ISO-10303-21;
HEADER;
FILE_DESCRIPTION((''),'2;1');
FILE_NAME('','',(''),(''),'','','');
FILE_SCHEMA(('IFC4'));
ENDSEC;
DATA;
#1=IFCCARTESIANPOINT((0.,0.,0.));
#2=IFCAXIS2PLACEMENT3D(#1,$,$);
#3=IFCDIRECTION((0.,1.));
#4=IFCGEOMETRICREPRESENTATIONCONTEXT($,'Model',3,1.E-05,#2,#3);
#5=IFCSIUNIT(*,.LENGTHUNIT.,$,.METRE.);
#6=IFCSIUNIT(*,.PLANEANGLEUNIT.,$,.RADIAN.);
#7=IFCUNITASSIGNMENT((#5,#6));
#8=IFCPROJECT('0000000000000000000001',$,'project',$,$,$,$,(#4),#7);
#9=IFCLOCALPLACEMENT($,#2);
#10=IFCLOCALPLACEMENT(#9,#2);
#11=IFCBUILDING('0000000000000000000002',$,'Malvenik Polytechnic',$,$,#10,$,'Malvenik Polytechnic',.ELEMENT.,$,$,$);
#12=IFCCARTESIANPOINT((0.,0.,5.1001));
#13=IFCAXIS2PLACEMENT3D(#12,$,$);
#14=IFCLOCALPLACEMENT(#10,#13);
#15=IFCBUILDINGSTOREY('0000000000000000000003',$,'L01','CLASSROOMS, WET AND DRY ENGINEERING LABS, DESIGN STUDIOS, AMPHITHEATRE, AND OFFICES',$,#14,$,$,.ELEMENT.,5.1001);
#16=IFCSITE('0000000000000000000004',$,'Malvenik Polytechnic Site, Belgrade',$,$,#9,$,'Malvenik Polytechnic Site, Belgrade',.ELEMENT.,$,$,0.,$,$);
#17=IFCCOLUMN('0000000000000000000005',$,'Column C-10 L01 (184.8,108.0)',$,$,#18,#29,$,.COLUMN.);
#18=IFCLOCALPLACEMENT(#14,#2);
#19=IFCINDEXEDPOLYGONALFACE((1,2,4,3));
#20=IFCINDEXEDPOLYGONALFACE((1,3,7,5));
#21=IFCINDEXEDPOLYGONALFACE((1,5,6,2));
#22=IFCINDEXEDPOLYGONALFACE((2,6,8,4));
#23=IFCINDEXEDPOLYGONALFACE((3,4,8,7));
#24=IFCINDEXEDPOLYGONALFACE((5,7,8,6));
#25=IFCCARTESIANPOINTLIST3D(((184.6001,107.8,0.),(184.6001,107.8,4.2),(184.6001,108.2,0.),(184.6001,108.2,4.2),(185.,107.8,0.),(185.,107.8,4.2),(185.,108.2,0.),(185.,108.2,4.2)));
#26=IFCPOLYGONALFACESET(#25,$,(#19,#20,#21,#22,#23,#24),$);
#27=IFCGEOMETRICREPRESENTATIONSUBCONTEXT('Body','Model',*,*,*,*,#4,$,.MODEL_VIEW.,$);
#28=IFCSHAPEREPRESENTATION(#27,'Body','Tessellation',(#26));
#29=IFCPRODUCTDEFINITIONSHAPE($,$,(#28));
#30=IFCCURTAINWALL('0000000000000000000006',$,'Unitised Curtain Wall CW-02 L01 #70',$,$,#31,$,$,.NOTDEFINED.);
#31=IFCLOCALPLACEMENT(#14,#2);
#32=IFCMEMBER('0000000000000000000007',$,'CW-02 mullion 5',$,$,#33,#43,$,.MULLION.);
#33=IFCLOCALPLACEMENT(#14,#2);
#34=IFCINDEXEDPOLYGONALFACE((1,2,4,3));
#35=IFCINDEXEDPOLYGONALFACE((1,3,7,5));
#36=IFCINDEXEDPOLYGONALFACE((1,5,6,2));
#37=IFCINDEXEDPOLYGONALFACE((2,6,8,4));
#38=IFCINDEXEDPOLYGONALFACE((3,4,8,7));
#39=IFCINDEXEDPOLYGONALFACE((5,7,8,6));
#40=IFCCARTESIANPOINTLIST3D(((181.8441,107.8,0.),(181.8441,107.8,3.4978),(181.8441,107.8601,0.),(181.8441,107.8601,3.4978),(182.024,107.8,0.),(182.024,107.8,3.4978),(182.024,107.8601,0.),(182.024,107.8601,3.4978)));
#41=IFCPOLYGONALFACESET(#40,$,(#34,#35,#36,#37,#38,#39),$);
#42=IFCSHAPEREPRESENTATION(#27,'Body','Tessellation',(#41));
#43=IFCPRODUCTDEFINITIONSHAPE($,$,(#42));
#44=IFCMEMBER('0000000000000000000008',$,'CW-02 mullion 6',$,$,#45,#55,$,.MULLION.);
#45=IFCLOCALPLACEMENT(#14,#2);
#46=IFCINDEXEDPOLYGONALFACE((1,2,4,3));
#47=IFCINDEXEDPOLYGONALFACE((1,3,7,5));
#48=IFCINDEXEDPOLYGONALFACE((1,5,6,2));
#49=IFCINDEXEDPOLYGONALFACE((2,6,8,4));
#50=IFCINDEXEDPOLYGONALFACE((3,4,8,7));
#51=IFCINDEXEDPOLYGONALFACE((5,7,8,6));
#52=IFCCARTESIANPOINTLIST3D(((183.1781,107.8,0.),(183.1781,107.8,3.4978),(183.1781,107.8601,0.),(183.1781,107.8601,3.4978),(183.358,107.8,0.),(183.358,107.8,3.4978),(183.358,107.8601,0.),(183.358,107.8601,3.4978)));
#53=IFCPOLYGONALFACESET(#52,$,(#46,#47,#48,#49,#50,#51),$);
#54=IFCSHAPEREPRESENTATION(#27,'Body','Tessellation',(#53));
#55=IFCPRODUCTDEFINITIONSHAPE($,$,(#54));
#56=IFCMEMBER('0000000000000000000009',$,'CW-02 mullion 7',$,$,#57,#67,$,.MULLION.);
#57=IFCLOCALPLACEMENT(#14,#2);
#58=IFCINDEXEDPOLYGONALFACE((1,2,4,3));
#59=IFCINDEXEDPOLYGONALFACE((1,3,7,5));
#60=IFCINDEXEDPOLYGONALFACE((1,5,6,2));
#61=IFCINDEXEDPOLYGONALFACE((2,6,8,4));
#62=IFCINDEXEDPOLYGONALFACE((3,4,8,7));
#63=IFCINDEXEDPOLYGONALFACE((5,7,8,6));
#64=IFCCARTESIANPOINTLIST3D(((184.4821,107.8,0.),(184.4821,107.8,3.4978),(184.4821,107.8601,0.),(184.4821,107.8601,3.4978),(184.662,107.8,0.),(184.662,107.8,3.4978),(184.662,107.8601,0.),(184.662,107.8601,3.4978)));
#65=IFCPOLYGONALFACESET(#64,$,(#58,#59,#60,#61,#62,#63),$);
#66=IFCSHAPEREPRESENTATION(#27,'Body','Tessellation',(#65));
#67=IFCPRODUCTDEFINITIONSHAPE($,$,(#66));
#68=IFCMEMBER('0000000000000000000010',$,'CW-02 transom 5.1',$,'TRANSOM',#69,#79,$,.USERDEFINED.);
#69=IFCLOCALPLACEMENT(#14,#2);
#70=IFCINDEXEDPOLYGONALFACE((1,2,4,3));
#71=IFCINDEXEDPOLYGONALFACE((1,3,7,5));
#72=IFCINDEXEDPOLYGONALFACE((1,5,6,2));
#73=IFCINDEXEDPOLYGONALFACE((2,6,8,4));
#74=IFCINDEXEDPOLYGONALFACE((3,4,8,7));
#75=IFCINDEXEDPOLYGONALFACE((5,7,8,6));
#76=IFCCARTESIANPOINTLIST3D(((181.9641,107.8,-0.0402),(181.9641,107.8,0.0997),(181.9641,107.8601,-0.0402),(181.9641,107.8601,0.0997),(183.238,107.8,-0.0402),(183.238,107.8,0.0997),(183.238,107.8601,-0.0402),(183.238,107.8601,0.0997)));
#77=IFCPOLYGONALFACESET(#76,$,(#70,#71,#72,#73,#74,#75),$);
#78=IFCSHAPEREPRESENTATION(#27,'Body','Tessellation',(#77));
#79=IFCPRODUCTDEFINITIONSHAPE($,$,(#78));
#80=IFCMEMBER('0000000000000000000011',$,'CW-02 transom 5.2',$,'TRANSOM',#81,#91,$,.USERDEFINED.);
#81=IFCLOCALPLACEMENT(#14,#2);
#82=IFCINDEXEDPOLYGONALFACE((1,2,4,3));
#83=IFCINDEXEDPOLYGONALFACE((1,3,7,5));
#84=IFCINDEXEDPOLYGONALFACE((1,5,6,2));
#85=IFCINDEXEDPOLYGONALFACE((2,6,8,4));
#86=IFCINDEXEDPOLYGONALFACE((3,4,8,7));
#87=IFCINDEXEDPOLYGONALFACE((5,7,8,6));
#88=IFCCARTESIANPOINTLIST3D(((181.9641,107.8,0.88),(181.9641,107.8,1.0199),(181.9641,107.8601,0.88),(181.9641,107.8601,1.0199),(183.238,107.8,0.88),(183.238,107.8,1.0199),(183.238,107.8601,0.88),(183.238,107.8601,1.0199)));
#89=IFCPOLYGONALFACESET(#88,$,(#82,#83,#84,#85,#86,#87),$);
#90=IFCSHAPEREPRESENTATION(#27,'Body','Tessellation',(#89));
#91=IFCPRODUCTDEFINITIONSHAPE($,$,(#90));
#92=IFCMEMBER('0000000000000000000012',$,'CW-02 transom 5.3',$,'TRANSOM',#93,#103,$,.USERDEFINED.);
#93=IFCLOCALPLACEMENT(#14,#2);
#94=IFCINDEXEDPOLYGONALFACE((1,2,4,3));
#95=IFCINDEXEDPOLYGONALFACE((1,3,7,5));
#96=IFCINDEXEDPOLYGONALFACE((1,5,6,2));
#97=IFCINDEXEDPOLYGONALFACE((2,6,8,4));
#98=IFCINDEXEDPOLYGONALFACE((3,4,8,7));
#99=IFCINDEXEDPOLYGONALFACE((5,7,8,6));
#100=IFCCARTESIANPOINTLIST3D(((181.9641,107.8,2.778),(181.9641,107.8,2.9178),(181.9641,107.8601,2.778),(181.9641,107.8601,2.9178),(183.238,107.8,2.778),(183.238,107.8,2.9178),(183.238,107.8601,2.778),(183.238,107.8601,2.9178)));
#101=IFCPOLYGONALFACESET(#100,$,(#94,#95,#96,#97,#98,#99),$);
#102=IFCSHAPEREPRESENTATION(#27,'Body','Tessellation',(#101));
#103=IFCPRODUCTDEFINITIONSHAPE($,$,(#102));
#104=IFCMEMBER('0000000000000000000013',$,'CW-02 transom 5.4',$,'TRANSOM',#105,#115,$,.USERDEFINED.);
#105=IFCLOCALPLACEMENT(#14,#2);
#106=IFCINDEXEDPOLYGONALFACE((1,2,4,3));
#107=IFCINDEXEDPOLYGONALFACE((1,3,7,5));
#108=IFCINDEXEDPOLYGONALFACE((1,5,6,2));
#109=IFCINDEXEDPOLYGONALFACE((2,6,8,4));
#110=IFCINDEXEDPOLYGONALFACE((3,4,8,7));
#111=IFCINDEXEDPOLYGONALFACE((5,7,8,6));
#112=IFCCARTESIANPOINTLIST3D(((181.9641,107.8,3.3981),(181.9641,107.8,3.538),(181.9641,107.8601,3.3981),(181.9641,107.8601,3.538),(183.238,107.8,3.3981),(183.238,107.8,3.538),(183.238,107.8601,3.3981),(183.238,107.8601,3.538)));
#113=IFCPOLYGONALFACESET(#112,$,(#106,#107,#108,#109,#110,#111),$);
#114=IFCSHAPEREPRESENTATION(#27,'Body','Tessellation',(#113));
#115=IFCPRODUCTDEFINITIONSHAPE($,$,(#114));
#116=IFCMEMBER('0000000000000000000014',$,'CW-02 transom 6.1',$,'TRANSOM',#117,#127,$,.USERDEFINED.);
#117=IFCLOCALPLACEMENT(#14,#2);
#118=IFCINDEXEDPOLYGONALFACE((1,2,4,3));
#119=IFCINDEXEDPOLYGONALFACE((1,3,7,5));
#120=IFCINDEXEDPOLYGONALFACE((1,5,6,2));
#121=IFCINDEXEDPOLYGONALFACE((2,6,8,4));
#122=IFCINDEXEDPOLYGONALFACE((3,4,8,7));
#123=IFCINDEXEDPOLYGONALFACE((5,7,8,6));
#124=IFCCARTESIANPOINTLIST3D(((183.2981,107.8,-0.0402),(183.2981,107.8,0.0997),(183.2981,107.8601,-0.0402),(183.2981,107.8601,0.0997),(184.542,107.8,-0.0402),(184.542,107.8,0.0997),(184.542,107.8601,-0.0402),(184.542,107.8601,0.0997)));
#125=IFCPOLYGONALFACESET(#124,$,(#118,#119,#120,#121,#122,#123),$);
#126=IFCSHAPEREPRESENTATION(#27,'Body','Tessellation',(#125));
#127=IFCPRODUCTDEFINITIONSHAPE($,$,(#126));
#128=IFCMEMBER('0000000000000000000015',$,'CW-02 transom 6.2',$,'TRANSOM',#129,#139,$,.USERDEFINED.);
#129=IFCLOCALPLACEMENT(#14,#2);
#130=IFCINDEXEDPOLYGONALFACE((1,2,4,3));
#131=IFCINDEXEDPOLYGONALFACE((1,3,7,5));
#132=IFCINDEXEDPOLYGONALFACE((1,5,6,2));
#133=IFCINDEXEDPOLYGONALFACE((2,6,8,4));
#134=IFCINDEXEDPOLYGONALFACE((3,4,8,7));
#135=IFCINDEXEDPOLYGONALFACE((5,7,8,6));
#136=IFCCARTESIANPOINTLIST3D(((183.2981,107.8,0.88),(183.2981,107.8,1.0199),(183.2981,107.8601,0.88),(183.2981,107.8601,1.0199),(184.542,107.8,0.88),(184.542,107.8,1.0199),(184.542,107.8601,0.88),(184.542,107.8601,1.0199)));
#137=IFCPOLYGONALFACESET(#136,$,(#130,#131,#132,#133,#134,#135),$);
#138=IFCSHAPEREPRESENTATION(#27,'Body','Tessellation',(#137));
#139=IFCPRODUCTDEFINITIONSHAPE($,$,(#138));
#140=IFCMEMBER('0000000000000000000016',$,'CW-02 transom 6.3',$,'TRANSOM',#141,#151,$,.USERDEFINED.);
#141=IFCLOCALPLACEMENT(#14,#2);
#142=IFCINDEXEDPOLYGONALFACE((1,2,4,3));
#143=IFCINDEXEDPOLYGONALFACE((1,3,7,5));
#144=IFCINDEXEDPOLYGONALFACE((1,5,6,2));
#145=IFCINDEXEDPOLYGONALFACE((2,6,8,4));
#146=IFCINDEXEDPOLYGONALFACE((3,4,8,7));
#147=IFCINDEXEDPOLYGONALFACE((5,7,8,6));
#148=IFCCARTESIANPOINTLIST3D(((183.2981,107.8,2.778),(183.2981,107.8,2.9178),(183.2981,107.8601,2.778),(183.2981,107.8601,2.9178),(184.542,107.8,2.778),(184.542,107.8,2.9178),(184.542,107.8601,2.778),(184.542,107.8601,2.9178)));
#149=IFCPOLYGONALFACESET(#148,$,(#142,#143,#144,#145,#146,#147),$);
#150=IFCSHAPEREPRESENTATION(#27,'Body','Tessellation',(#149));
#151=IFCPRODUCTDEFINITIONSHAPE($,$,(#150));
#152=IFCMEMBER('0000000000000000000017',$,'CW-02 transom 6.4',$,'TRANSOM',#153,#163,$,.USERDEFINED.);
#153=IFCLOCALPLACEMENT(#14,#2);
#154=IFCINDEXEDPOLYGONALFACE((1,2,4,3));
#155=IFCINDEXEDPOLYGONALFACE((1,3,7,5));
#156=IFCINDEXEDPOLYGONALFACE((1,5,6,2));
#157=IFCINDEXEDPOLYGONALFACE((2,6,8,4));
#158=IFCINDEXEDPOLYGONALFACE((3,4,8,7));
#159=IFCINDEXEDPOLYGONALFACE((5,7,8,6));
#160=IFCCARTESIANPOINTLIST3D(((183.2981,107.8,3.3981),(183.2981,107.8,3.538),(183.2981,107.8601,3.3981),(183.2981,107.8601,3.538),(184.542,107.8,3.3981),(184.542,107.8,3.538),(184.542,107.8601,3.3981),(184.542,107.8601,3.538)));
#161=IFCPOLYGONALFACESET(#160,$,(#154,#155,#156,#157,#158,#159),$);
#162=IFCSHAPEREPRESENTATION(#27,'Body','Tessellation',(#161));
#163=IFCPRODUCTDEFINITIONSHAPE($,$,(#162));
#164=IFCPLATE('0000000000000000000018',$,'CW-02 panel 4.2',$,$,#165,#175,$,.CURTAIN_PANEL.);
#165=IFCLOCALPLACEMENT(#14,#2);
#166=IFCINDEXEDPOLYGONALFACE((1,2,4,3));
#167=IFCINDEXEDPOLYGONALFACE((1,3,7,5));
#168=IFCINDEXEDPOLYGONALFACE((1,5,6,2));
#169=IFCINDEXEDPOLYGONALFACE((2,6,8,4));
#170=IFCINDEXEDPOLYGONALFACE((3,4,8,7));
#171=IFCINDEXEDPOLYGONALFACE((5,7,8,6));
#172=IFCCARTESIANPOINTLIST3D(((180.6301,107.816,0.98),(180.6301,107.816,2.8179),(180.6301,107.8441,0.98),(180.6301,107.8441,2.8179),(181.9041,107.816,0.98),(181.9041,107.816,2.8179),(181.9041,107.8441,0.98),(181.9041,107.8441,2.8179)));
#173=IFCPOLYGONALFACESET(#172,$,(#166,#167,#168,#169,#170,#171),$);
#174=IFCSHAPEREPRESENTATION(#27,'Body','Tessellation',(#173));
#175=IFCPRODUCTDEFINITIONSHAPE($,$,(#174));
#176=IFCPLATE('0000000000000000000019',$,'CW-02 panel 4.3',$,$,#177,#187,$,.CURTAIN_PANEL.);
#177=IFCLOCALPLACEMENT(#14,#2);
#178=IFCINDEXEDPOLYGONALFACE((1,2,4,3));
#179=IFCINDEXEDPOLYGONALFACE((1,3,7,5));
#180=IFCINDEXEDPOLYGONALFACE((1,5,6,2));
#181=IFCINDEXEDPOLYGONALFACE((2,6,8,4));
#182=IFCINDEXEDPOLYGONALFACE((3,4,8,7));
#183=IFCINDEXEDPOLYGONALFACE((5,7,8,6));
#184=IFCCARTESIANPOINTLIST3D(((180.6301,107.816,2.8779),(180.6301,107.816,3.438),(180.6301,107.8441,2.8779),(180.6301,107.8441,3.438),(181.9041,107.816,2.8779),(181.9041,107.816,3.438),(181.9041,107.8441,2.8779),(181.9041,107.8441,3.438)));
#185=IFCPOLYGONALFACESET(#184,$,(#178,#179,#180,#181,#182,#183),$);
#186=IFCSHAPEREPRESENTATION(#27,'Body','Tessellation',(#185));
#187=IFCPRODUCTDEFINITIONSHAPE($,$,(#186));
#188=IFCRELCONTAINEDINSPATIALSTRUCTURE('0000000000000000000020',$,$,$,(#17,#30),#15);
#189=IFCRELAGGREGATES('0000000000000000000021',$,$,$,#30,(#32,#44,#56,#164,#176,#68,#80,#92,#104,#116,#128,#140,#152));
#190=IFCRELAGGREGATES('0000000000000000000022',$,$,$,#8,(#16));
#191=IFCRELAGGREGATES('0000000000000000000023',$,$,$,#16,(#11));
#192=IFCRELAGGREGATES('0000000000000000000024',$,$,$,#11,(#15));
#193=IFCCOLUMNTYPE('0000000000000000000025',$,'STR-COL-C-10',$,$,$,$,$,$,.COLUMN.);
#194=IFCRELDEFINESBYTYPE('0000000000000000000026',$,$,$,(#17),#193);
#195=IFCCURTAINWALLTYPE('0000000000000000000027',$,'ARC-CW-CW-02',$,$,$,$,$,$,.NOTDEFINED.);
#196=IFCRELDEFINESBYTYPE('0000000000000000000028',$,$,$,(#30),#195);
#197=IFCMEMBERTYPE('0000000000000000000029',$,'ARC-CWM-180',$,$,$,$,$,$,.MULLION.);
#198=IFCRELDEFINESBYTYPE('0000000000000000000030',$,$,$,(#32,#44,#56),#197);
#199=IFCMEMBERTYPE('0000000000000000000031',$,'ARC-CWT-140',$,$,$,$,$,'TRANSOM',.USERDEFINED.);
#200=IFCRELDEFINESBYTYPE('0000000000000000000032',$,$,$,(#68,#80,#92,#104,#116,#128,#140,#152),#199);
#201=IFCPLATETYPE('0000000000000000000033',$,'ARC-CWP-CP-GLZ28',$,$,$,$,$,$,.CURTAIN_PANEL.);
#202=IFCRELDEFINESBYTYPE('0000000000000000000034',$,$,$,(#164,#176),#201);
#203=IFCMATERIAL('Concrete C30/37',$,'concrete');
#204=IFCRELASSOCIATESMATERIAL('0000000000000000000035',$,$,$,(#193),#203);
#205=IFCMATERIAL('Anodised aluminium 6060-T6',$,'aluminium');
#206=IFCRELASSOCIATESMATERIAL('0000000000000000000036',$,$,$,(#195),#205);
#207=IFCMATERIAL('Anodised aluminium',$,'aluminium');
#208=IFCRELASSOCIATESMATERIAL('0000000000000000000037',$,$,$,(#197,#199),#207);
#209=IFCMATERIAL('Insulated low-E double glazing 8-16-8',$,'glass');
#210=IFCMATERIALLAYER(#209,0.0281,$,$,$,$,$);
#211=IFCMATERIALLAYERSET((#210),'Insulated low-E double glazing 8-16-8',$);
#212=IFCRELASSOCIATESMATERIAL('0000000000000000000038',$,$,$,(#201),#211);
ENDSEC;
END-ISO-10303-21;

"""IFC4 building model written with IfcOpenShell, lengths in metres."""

from ifc_helpers import new_model, si_unit, direction, frame, origin, origin_2d, place, context, subcontext, project, spatial, rectangle, extrude, material, layer, layer_set, material_profile, profile_set, type_object, element, aggregate, save


model = new_model("IFC4")

# Units and contexts
model_context = context("Model", 3, precision=1e-05, world=origin(), true_north=direction((0.0, 1.0)))
body_context = subcontext(model_context, "Body", "Model", "MODEL_VIEW")
ifc_project = project(units=[si_unit("LENGTHUNIT", "METRE"), si_unit("PLANEANGLEUNIT", "RADIAN")], contexts=[model_context])

# Site, building, storey
site_placement = place(None, origin())
site = spatial("IfcSite", under=ifc_project, at=site_placement, Name="Malvenik Polytechnic Site, Belgrade", LongName="Malvenik Polytechnic Site, Belgrade", CompositionType="ELEMENT", RefElevation=0.0)
building_placement = place(site_placement, origin())
building = spatial("IfcBuilding", under=site, at=building_placement, Name="Malvenik Polytechnic", LongName="Malvenik Polytechnic", CompositionType="ELEMENT")
storey_placement = place(building_placement, frame((0.0, 0.0, 5.1001)))
storey = spatial("IfcBuildingStorey", under=building, at=storey_placement, Name="L01", Description="CLASSROOMS, WET AND DRY ENGINEERING LABS, DESIGN STUDIOS, AMPHITHEATRE, AND OFFICES", CompositionType="ELEMENT", Elevation=5.1001)

# Column
ifc_material_1 = material(Name="Concrete C30/37", Category="concrete")
ifc_material_profile_1 = material_profile(ifc_material_1, rectangle(XDim=0.3999, YDim=0.3999, at=origin_2d()), Name="RC COL 400x400")
ifc_profile_set_1 = profile_set([ifc_material_profile_1], Name="Concrete C30/37")
column_type = type_object("IfcColumnType", Name="STR-COL-C-10", PredefinedType="COLUMN", material=ifc_profile_set_1)
column_placement = place(storey_placement, frame((184.8, 108.0, 0.0), z_axis=(0.0, 0.0, 1.0), x_axis=(1.0, 0.0, 0.0)))
element("IfcColumn", 1, at=column_placement, inside=storey, type_object=column_type, Name="Column C-10 L01 (184.8,108.0)", PredefinedType="COLUMN", context=body_context, shape_type="SweptSolid", body=[
    extrude(rectangle(XDim=0.3999, YDim=0.3999, at=origin_2d()), origin(), (0.0, 0.0, 1.0), 4.2),
])

# Curtain wall, members, plates
ifc_material_2 = material(Name="Anodised aluminium 6060-T6", Category="aluminium")
curtain_wall_type = type_object("IfcCurtainWallType", Name="ARC-CW-CW-02", PredefinedType="NOTDEFINED", material=ifc_material_2)
curtain_wall_placement = place(storey_placement, origin())
curtain_wall = element("IfcCurtainWall", 2, at=curtain_wall_placement, inside=storey, type_object=curtain_wall_type, Name="Unitised Curtain Wall CW-02 L01 #70", PredefinedType="NOTDEFINED")
ifc_material_3 = material(Name="Anodised aluminium", Category="aluminium")
ifc_material_profile_2 = material_profile(ifc_material_3, rectangle(XDim=0.0601, YDim=0.1799, at=origin_2d()), Name="ALU MULLION 60x180")
ifc_profile_set_2 = profile_set([ifc_material_profile_2], Name="Anodised aluminium")
member_type_1 = type_object("IfcMemberType", Name="ARC-CWM-180", PredefinedType="MULLION", material=ifc_profile_set_2)
member_1_placement = place(storey_placement, frame((181.9341, 107.8301, 0.0), z_axis=(0.0, 0.0, 1.0), x_axis=(0.0, 1.0, 0.0)))
member_1 = element("IfcMember", 3, at=member_1_placement, type_object=member_type_1, Name="CW-02 mullion 5", PredefinedType="MULLION", context=body_context, shape_type="SweptSolid", body=[
    extrude(rectangle(XDim=0.0601, YDim=0.1799, at=origin_2d()), origin(), (0.0, 0.0, 1.0), 3.4978),
])
member_2_placement = place(storey_placement, frame((183.2681, 107.8301, 0.0), z_axis=(0.0, 0.0, 1.0), x_axis=(0.0, 1.0, 0.0)))
member_2 = element("IfcMember", 4, at=member_2_placement, type_object=member_type_1, Name="CW-02 mullion 6", PredefinedType="MULLION", context=body_context, shape_type="SweptSolid", body=[
    extrude(rectangle(XDim=0.0601, YDim=0.1799, at=origin_2d()), origin(), (0.0, 0.0, 1.0), 3.4978),
])
member_3_placement = place(storey_placement, frame((184.572, 107.8301, 0.0), z_axis=(0.0, 0.0, 1.0), x_axis=(0.0, 1.0, 0.0)))
member_3 = element("IfcMember", 5, at=member_3_placement, type_object=member_type_1, Name="CW-02 mullion 7", PredefinedType="MULLION", context=body_context, shape_type="SweptSolid", body=[
    extrude(rectangle(XDim=0.0601, YDim=0.1799, at=origin_2d()), origin(), (0.0, 0.0, 1.0), 3.4978),
])
ifc_material_profile_3 = material_profile(ifc_material_3, rectangle(XDim=0.0601, YDim=0.1399, at=origin_2d()), Name="ALU TRANSOM 60x140")
ifc_profile_set_3 = profile_set([ifc_material_profile_3], Name="Anodised aluminium")
member_type_2 = type_object("IfcMemberType", Name="ARC-CWT-140", ElementType="TRANSOM", PredefinedType="USERDEFINED", material=ifc_profile_set_3)
member_4_placement = place(storey_placement, frame((181.9641, 107.8301, 0.0298), z_axis=(1.0, 0.0, 0.0), x_axis=(0.0, 1.0, 0.0)))
member_4 = element("IfcMember", 6, at=member_4_placement, type_object=member_type_2, Name="CW-02 transom 5.1", ObjectType="TRANSOM", PredefinedType="USERDEFINED", context=body_context, shape_type="SweptSolid", body=[
    extrude(rectangle(XDim=0.0601, YDim=0.1399, at=origin_2d()), origin(), (0.0, 0.0, 1.0), 1.2739),
])
member_5_placement = place(storey_placement, frame((181.9641, 107.8301, 0.95), z_axis=(1.0, 0.0, 0.0), x_axis=(0.0, 1.0, 0.0)))
member_5 = element("IfcMember", 7, at=member_5_placement, type_object=member_type_2, Name="CW-02 transom 5.2", ObjectType="TRANSOM", PredefinedType="USERDEFINED", context=body_context, shape_type="SweptSolid", body=[
    extrude(rectangle(XDim=0.0601, YDim=0.1399, at=origin_2d()), origin(), (0.0, 0.0, 1.0), 1.2739),
])
member_6_placement = place(storey_placement, frame((181.9641, 107.8301, 2.8479), z_axis=(1.0, 0.0, 0.0), x_axis=(0.0, 1.0, 0.0)))
member_6 = element("IfcMember", 8, at=member_6_placement, type_object=member_type_2, Name="CW-02 transom 5.3", ObjectType="TRANSOM", PredefinedType="USERDEFINED", context=body_context, shape_type="SweptSolid", body=[
    extrude(rectangle(XDim=0.0601, YDim=0.1399, at=origin_2d()), origin(), (0.0, 0.0, 1.0), 1.2739),
])
member_7_placement = place(storey_placement, frame((181.9641, 107.8301, 3.468), z_axis=(1.0, 0.0, 0.0), x_axis=(0.0, 1.0, 0.0)))
member_7 = element("IfcMember", 9, at=member_7_placement, type_object=member_type_2, Name="CW-02 transom 5.4", ObjectType="TRANSOM", PredefinedType="USERDEFINED", context=body_context, shape_type="SweptSolid", body=[
    extrude(rectangle(XDim=0.0601, YDim=0.1399, at=origin_2d()), origin(), (0.0, 0.0, 1.0), 1.2739),
])
member_8_placement = place(storey_placement, frame((183.2981, 107.8301, 0.0298), z_axis=(1.0, 0.0, 0.0), x_axis=(0.0, 1.0, 0.0)))
member_8 = element("IfcMember", 10, at=member_8_placement, type_object=member_type_2, Name="CW-02 transom 6.1", ObjectType="TRANSOM", PredefinedType="USERDEFINED", context=body_context, shape_type="SweptSolid", body=[
    extrude(rectangle(XDim=0.0601, YDim=0.1399, at=origin_2d()), origin(), (0.0, 0.0, 1.0), 1.2439),
])
member_9_placement = place(storey_placement, frame((183.2981, 107.8301, 0.95), z_axis=(1.0, 0.0, 0.0), x_axis=(0.0, 1.0, 0.0)))
member_9 = element("IfcMember", 11, at=member_9_placement, type_object=member_type_2, Name="CW-02 transom 6.2", ObjectType="TRANSOM", PredefinedType="USERDEFINED", context=body_context, shape_type="SweptSolid", body=[
    extrude(rectangle(XDim=0.0601, YDim=0.1399, at=origin_2d()), origin(), (0.0, 0.0, 1.0), 1.2439),
])
member_10_placement = place(storey_placement, frame((183.2981, 107.8301, 2.8479), z_axis=(1.0, 0.0, 0.0), x_axis=(0.0, 1.0, 0.0)))
member_10 = element("IfcMember", 12, at=member_10_placement, type_object=member_type_2, Name="CW-02 transom 6.3", ObjectType="TRANSOM", PredefinedType="USERDEFINED", context=body_context, shape_type="SweptSolid", body=[
    extrude(rectangle(XDim=0.0601, YDim=0.1399, at=origin_2d()), origin(), (0.0, 0.0, 1.0), 1.2439),
])
member_11_placement = place(storey_placement, frame((183.2981, 107.8301, 3.468), z_axis=(1.0, 0.0, 0.0), x_axis=(0.0, 1.0, 0.0)))
member_11 = element("IfcMember", 13, at=member_11_placement, type_object=member_type_2, Name="CW-02 transom 6.4", ObjectType="TRANSOM", PredefinedType="USERDEFINED", context=body_context, shape_type="SweptSolid", body=[
    extrude(rectangle(XDim=0.0601, YDim=0.1399, at=origin_2d()), origin(), (0.0, 0.0, 1.0), 1.2439),
])
ifc_material_4 = material(Name="Insulated low-E double glazing 8-16-8", Category="glass")
ifc_layer_1 = layer(ifc_material_4, 0.0281)
ifc_layer_set_1 = layer_set([ifc_layer_1], Name="Insulated low-E double glazing 8-16-8")
plate_type_1 = type_object("IfcPlateType", Name="ARC-CWP-CP-GLZ28", PredefinedType="CURTAIN_PANEL", material=ifc_layer_set_1)
plate_1_placement = place(storey_placement, frame((181.2671, 107.8301, 0.98), z_axis=(0.0, 0.0, 1.0), x_axis=(1.0, 0.0, 0.0)))
plate_1 = element("IfcPlate", 14, at=plate_1_placement, type_object=plate_type_1, Name="CW-02 panel 4.2", PredefinedType="CURTAIN_PANEL", context=body_context, shape_type="SweptSolid", body=[
    extrude(rectangle(XDim=1.2739, YDim=0.0281, at=origin_2d()), origin(), (0.0, 0.0, 1.0), 1.8379),
])
plate_2_placement = place(storey_placement, frame((181.2671, 107.8301, 2.8779), z_axis=(0.0, 0.0, 1.0), x_axis=(1.0, 0.0, 0.0)))
plate_2 = element("IfcPlate", 15, at=plate_2_placement, type_object=plate_type_1, Name="CW-02 panel 4.3", PredefinedType="CURTAIN_PANEL", context=body_context, shape_type="SweptSolid", body=[
    extrude(rectangle(XDim=1.2739, YDim=0.0281, at=origin_2d()), origin(), (0.0, 0.0, 1.0), 0.5601),
])
aggregate(curtain_wall, [member_1, member_2, member_3, plate_1, plate_2, member_4, member_5, member_6, member_7, member_8, member_9, member_10, member_11])

save(model, "model.ifc")
